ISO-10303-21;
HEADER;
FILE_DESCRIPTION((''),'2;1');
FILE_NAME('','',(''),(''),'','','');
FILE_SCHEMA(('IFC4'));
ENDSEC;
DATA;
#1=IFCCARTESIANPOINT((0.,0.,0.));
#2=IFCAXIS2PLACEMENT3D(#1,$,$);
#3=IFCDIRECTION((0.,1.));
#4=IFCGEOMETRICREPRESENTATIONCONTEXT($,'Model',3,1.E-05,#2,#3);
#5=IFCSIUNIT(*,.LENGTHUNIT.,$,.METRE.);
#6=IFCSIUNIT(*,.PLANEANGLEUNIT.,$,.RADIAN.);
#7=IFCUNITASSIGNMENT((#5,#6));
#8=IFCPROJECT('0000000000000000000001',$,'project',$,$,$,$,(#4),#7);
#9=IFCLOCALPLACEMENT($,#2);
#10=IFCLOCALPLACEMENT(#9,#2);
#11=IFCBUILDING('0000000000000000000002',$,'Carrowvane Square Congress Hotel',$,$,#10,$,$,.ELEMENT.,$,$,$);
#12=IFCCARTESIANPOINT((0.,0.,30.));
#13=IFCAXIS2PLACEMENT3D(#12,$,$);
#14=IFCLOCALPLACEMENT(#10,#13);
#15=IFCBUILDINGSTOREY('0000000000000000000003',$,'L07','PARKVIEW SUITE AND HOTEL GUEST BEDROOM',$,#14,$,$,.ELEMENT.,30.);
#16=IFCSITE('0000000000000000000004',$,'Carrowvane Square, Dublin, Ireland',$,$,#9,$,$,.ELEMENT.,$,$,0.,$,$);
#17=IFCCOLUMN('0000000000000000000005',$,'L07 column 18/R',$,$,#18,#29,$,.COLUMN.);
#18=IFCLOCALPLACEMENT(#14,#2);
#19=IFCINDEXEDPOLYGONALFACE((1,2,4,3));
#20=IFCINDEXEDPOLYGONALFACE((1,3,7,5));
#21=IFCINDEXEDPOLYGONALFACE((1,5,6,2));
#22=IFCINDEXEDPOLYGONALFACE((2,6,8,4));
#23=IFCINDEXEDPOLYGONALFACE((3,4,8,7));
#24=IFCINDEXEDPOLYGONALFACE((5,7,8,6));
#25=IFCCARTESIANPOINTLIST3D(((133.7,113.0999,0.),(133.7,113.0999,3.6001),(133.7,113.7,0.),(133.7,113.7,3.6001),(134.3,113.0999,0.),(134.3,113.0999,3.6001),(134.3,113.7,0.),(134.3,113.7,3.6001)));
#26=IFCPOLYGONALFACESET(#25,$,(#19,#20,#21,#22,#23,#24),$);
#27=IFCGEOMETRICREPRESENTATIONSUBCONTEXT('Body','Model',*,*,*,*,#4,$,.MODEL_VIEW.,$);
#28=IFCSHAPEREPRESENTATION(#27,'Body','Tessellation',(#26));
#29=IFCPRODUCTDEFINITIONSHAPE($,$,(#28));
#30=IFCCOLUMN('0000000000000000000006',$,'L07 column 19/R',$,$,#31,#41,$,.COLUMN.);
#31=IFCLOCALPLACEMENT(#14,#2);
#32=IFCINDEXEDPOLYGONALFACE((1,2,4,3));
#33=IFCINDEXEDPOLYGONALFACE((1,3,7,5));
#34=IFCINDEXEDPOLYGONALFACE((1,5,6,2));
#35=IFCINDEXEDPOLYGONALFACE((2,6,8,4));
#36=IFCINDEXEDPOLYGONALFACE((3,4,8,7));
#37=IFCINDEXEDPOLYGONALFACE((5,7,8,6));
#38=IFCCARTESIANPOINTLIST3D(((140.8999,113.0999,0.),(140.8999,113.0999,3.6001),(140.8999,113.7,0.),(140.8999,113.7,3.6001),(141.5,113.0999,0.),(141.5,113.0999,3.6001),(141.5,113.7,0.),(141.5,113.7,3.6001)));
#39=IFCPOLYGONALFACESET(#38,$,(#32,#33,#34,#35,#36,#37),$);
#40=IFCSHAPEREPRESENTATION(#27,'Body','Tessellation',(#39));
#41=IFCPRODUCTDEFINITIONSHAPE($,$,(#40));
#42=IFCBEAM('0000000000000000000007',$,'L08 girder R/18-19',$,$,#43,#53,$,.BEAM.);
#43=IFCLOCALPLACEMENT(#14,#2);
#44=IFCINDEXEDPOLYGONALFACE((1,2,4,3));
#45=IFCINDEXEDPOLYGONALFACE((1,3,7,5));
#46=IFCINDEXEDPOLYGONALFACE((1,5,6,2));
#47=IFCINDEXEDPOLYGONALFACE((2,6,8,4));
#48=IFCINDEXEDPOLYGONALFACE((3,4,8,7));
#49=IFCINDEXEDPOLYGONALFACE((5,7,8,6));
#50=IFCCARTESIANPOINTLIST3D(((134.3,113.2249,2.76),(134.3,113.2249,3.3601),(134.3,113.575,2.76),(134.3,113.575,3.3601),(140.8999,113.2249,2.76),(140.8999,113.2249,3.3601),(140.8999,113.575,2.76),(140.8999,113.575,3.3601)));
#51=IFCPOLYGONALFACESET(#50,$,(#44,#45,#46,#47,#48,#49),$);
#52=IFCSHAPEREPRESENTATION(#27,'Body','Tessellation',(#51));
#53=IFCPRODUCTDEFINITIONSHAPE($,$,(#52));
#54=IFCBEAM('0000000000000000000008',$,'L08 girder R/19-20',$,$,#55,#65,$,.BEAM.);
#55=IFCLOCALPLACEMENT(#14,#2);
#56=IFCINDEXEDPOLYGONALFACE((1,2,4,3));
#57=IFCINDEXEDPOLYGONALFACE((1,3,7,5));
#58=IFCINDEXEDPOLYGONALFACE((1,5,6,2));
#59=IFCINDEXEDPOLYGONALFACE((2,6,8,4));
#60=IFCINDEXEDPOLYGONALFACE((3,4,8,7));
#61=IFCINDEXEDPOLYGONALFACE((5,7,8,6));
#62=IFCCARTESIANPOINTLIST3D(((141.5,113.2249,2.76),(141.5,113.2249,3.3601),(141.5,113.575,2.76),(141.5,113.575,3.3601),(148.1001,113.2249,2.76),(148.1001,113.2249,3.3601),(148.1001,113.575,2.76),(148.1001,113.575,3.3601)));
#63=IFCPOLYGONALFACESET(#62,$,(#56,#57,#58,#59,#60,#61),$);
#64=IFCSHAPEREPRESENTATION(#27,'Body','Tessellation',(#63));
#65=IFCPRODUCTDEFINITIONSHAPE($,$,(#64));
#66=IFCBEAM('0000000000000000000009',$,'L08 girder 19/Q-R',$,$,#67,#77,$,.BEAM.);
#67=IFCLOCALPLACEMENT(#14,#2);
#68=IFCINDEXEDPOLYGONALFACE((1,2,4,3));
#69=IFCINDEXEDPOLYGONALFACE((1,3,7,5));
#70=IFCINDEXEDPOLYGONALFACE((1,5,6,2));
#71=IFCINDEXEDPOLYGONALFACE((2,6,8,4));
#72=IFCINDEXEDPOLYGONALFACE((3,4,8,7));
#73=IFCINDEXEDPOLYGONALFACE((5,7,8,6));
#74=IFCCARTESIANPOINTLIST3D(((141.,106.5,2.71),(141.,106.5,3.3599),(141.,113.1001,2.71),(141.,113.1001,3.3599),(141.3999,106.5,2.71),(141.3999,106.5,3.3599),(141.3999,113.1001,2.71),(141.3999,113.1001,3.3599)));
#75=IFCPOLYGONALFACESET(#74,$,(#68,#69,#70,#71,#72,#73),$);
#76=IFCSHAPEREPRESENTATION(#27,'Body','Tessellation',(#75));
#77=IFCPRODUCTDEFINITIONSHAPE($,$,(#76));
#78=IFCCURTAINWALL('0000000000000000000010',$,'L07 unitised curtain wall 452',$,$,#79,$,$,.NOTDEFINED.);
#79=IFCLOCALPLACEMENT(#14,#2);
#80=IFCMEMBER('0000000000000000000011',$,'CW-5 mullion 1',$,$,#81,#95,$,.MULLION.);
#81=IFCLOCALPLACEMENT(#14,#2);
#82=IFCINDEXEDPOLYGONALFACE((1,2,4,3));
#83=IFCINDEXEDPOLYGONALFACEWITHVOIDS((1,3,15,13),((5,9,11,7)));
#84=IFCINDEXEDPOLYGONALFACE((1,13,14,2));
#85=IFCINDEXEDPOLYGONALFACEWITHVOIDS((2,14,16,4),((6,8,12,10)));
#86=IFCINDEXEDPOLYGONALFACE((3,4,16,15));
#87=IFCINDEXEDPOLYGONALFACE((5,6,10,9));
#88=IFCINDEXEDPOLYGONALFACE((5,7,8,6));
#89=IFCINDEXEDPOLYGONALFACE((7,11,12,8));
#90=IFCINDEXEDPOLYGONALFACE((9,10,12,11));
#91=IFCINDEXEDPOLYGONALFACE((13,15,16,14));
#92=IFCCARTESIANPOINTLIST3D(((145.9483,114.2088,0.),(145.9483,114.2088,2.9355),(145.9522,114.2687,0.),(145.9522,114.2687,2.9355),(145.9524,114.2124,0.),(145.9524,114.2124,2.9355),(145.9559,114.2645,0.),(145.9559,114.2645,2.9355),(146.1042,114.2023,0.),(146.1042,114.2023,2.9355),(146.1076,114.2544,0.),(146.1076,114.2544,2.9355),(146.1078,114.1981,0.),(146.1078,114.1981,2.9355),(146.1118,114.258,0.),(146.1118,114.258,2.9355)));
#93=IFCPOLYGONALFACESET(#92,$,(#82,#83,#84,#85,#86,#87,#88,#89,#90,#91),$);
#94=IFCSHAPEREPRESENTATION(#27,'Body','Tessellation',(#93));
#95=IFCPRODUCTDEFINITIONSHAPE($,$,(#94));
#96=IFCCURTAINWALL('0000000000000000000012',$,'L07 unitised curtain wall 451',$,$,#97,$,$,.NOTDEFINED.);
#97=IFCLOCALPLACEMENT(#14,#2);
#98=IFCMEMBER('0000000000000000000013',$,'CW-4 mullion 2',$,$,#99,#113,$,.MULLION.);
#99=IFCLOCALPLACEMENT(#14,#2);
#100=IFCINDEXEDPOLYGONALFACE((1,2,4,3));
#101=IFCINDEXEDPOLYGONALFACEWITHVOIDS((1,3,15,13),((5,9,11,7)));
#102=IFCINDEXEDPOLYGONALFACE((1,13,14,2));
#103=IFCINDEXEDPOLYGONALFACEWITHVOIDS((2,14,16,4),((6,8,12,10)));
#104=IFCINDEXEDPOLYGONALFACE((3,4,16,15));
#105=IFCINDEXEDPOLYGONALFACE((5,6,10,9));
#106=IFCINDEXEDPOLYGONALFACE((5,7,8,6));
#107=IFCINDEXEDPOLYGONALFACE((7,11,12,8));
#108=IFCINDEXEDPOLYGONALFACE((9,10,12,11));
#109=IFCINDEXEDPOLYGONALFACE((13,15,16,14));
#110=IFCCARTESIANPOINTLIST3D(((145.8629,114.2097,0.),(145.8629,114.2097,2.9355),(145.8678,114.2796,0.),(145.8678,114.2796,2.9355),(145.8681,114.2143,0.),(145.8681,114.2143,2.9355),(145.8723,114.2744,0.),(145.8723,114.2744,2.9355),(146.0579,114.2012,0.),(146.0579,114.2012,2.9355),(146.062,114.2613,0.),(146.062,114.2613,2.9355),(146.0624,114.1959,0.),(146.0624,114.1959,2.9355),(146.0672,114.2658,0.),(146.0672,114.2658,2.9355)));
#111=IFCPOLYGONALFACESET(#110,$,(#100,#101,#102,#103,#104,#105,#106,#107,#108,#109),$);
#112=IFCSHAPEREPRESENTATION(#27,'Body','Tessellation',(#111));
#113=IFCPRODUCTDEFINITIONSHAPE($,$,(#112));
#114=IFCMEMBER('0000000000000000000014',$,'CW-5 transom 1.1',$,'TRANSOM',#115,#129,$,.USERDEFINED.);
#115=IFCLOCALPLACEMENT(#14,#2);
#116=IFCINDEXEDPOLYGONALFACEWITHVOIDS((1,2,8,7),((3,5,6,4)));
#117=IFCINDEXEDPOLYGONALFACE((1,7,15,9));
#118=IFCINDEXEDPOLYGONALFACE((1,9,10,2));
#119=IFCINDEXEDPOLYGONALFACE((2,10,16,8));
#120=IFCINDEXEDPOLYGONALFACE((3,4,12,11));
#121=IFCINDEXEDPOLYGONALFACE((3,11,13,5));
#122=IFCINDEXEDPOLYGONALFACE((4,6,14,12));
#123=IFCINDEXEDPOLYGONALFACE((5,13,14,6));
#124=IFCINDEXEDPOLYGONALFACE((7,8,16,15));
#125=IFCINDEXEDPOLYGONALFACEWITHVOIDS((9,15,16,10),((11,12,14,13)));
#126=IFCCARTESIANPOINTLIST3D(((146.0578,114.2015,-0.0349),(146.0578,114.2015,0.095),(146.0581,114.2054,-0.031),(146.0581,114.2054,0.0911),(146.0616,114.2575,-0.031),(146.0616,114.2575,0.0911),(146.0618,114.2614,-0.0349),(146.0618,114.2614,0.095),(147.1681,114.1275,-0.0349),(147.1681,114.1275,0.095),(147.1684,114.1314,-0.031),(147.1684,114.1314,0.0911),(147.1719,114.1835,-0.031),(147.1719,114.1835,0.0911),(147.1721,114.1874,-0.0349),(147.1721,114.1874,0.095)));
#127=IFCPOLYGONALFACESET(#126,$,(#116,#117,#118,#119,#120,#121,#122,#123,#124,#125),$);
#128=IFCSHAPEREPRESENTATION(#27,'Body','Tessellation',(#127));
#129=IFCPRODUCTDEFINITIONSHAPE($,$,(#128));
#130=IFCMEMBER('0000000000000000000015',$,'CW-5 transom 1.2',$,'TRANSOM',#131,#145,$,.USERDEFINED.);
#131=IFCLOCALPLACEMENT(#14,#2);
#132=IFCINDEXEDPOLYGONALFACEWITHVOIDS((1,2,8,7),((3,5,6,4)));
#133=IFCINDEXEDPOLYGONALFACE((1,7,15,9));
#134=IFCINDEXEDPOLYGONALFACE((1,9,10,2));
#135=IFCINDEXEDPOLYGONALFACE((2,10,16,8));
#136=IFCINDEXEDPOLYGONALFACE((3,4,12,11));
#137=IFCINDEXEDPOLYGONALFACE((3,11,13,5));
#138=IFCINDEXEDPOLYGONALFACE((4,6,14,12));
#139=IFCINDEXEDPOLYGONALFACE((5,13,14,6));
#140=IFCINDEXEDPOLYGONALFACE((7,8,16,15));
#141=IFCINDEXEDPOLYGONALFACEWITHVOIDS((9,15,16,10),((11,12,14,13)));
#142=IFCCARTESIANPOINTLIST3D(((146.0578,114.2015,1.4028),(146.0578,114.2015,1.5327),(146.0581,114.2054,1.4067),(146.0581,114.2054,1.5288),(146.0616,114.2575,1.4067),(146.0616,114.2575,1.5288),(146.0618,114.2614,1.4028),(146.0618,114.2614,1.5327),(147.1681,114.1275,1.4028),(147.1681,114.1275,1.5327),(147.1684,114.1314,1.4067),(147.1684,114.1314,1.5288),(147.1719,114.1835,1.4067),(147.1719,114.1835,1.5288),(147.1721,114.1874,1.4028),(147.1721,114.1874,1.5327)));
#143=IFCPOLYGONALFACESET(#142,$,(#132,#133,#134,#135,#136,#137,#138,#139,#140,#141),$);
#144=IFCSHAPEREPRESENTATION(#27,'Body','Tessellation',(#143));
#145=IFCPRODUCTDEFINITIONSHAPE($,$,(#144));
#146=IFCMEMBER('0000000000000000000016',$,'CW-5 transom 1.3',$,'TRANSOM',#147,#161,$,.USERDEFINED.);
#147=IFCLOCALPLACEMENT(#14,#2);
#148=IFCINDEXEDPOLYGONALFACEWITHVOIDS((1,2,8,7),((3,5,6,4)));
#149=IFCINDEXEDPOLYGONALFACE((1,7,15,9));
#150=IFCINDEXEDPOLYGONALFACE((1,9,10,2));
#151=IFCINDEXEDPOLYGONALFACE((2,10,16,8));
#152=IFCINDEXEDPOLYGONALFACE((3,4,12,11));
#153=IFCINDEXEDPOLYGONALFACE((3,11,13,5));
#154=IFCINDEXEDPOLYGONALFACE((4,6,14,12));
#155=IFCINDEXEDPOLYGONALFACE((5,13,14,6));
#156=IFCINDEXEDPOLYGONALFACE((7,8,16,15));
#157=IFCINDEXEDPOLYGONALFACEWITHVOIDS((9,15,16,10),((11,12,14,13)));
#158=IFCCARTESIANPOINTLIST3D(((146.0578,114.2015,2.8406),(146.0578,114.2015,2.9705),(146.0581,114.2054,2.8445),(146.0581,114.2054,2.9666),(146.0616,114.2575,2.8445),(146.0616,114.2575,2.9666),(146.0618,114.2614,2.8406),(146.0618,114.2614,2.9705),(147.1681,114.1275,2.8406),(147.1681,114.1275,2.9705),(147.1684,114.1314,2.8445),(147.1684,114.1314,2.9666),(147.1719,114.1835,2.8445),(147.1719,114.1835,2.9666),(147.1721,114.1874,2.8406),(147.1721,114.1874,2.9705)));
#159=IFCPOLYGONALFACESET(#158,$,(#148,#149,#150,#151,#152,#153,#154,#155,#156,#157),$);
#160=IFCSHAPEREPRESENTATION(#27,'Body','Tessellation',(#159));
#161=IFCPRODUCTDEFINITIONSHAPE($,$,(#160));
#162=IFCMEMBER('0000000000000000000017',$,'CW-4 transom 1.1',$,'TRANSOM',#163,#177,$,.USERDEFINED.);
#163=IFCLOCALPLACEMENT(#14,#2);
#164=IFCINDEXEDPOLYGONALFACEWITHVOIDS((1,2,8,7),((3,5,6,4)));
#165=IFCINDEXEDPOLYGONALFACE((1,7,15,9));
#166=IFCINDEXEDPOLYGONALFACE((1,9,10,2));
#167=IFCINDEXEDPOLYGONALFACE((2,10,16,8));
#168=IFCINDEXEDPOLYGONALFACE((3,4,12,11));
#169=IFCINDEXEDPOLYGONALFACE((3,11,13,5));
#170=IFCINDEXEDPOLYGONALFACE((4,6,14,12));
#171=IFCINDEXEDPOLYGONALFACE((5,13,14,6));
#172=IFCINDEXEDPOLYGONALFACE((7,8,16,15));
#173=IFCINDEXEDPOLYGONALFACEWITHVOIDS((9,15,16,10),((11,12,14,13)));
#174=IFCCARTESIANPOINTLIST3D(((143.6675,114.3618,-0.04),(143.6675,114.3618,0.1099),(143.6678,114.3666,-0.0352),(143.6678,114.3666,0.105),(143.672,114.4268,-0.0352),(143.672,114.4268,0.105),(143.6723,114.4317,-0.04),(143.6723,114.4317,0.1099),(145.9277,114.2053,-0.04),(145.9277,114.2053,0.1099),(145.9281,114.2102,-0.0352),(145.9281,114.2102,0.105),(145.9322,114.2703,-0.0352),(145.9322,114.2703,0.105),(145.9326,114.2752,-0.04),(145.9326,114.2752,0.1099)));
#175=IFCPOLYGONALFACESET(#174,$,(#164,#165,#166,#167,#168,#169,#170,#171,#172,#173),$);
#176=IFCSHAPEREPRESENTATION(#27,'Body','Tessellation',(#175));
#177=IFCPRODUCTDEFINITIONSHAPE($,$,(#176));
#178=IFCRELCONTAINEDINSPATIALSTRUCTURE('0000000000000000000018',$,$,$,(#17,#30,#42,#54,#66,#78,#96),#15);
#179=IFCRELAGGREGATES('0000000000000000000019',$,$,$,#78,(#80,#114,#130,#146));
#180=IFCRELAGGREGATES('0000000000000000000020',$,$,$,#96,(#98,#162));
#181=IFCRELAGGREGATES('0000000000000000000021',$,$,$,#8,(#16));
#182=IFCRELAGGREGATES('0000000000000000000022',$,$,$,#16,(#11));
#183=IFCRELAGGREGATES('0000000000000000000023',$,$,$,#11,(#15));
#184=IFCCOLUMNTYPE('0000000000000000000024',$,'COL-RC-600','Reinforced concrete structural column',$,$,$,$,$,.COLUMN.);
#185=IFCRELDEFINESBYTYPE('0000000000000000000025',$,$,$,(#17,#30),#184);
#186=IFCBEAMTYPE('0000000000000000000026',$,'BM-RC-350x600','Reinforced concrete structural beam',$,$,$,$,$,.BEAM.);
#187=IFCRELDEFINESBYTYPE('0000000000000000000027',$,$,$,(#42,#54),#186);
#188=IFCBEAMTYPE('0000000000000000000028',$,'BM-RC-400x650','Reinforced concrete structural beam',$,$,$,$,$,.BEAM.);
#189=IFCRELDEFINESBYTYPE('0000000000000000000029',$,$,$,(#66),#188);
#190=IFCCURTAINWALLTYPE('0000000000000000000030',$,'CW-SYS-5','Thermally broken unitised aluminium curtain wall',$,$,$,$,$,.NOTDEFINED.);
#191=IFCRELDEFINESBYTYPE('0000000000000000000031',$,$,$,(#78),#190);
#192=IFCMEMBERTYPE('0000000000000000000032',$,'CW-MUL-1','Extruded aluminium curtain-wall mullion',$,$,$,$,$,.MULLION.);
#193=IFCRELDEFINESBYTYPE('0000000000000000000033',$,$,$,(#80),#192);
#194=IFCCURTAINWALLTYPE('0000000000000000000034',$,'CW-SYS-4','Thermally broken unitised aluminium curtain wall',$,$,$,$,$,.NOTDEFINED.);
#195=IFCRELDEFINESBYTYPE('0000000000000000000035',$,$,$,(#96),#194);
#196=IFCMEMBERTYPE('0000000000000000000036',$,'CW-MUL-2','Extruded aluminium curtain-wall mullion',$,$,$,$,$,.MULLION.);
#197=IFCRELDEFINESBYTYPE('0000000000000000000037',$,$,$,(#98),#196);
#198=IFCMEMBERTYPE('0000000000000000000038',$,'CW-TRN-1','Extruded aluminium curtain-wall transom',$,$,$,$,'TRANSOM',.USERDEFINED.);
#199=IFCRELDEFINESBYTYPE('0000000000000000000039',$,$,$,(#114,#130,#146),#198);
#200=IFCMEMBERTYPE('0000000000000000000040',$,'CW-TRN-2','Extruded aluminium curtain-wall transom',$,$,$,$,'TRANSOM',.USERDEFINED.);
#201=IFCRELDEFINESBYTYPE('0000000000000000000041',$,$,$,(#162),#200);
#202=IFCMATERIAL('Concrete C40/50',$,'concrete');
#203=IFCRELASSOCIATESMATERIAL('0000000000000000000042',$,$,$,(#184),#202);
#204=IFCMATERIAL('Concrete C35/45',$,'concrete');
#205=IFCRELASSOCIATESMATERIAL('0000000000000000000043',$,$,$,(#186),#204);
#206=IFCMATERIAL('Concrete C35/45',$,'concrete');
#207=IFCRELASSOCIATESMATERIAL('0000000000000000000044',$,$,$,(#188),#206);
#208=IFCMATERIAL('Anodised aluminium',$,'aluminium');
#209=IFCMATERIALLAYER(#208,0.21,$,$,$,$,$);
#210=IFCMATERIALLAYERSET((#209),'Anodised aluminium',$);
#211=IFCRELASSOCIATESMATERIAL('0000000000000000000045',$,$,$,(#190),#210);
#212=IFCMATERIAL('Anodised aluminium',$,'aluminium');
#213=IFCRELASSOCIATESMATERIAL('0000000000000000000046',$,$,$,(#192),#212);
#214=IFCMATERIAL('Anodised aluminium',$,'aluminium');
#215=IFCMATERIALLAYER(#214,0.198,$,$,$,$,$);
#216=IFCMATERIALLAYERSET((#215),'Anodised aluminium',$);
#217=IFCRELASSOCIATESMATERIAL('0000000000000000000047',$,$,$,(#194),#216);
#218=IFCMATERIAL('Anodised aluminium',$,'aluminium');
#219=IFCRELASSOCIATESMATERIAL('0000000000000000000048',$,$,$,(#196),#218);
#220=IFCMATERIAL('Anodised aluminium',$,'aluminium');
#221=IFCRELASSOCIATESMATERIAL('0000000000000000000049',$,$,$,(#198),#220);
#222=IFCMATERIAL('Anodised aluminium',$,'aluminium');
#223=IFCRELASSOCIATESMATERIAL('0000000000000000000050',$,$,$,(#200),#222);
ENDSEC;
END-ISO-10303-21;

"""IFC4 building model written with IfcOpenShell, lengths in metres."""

from ifc_helpers import new_model, si_unit, direction, frame, origin, origin_2d, place, context, subcontext, project, spatial, rectangle, hollow_rectangle, extrude, material, layer, layer_set, material_profile, profile_set, type_object, element, aggregate, save


model = new_model("IFC4")

# Units and contexts
model_context = context("Model", 3, precision=1e-05, world=origin(), true_north=direction((0.0, 1.0)))
body_context = subcontext(model_context, "Body", "Model", "MODEL_VIEW")
ifc_project = project(units=[si_unit("LENGTHUNIT", "METRE"), si_unit("PLANEANGLEUNIT", "RADIAN")], contexts=[model_context])

# Site, building, storey
site_placement = place(None, origin())
site = spatial("IfcSite", under=ifc_project, at=site_placement, Name="Carrowvane Square, Dublin, Ireland", CompositionType="ELEMENT", RefElevation=0.0)
building_placement = place(site_placement, origin())
building = spatial("IfcBuilding", under=site, at=building_placement, Name="Carrowvane Square Congress Hotel", CompositionType="ELEMENT")
storey_placement = place(building_placement, frame((0.0, 0.0, 30.0)))
storey = spatial("IfcBuildingStorey", under=building, at=storey_placement, Name="L07", Description="PARKVIEW SUITE AND HOTEL GUEST BEDROOM", CompositionType="ELEMENT", Elevation=30.0)

# Columns
ifc_material_1 = material(Name="Concrete C40/50", Category="concrete")
ifc_material_profile_1 = material_profile(ifc_material_1, rectangle(XDim=0.6001, YDim=0.6001, at=origin_2d()), Name="RC 600x600")
ifc_profile_set_1 = profile_set([ifc_material_profile_1], Name="Concrete C40/50")
column_type = type_object("IfcColumnType", Name="COL-RC-600", Description="Reinforced concrete structural column", PredefinedType="COLUMN", material=ifc_profile_set_1)
for number, where, z_axis, x_axis, name in (
    (1, (134.0, 113.3999, 0.0), (0.0, 0.0, 1.0), (1.0, 0.0, 0.0), "L07 column 18/R"),
    (2, (141.2, 113.3999, 0.0), (0.0, 0.0, 1.0), (1.0, 0.0, 0.0), "L07 column 19/R"),
):
    element("IfcColumn", number, at=place(storey_placement, frame(where, z_axis=z_axis, x_axis=x_axis)), inside=storey, type_object=column_type, Name=name, PredefinedType="COLUMN", context=body_context, shape_type="SweptSolid", body=[
        extrude(rectangle(XDim=0.6001, YDim=0.6001, at=origin_2d()), origin(), (0.0, 0.0, 1.0), 3.6001),
    ])

# Beams
ifc_material_2 = material(Name="Concrete C35/45", Category="concrete")
ifc_material_profile_2 = material_profile(ifc_material_2, rectangle(XDim=0.3501, YDim=0.6001, at=origin_2d()), Name="RC 350x600")
ifc_profile_set_2 = profile_set([ifc_material_profile_2], Name="Concrete C35/45")
beam_type_1 = type_object("IfcBeamType", Name="BM-RC-350x600", Description="Reinforced concrete structural beam", PredefinedType="BEAM", material=ifc_profile_set_2)
beam_1_placement = place(storey_placement, frame((134.3, 113.3999, 3.0601), z_axis=(1.0, 0.0, 0.0), x_axis=(0.0, 1.0, 0.0)))
element("IfcBeam", 3, at=beam_1_placement, inside=storey, type_object=beam_type_1, Name="L08 girder R/18-19", PredefinedType="BEAM", context=body_context, shape_type="SweptSolid", body=[
    extrude(rectangle(XDim=0.3501, YDim=0.6001, at=origin_2d()), origin(), (0.0, 0.0, 1.0), 6.5999),
])
beam_2_placement = place(storey_placement, frame((141.5, 113.3999, 3.0601), z_axis=(1.0, 0.0, 0.0), x_axis=(0.0, 1.0, 0.0)))
element("IfcBeam", 4, at=beam_2_placement, inside=storey, type_object=beam_type_1, Name="L08 girder R/19-20", PredefinedType="BEAM", context=body_context, shape_type="SweptSolid", body=[
    extrude(rectangle(XDim=0.3501, YDim=0.6001, at=origin_2d()), origin(), (0.0, 0.0, 1.0), 6.6001),
])
ifc_material_3 = material(Name="Concrete C35/45", Category="concrete")
ifc_material_profile_3 = material_profile(ifc_material_3, rectangle(XDim=0.3999, YDim=0.6499, at=origin_2d()), Name="RC 400x650")
ifc_profile_set_3 = profile_set([ifc_material_profile_3], Name="Concrete C35/45")
beam_type_2 = type_object("IfcBeamType", Name="BM-RC-400x650", Description="Reinforced concrete structural beam", PredefinedType="BEAM", material=ifc_profile_set_3)
beam_3_placement = place(storey_placement, frame((141.2, 106.5, 3.0349), z_axis=(0.0, 1.0, 0.0), x_axis=(-1.0, 0.0, 0.0)))
element("IfcBeam", 5, at=beam_3_placement, inside=storey, type_object=beam_type_2, Name="L08 girder 19/Q-R", PredefinedType="BEAM", context=body_context, shape_type="SweptSolid", body=[
    extrude(rectangle(XDim=0.3999, YDim=0.6499, at=origin_2d()), origin(), (0.0, 0.0, 1.0), 6.6001),
])

# Curtain walls, members
ifc_material_4 = material(Name="Anodised aluminium", Category="aluminium")
ifc_layer_1 = layer(ifc_material_4, 0.21)
ifc_layer_set_1 = layer_set([ifc_layer_1], Name="Anodised aluminium")
curtain_wall_type_1 = type_object("IfcCurtainWallType", Name="CW-SYS-5", Description="Thermally broken unitised aluminium curtain wall", PredefinedType="NOTDEFINED", material=ifc_layer_set_1)
curtain_wall_1_placement = place(storey_placement, origin())
curtain_wall_1 = element("IfcCurtainWall", 6, at=curtain_wall_1_placement, inside=storey, type_object=curtain_wall_type_1, Name="L07 unitised curtain wall 452", PredefinedType="NOTDEFINED")
ifc_material_5 = material(Name="Anodised aluminium", Category="aluminium")
ifc_material_profile_4 = material_profile(ifc_material_5, hollow_rectangle(XDim=0.0601, YDim=0.1599, WallThickness=0.0039, at=origin_2d()), Name="CW-ML 60x160x4")
ifc_profile_set_4 = profile_set([ifc_material_profile_4], Name="Anodised aluminium")
member_type_1 = type_object("IfcMemberType", Name="CW-MUL-1", Description="Extruded aluminium curtain-wall mullion", PredefinedType="MULLION", material=ifc_profile_set_4)
member_1_placement = place(storey_placement, frame((146.03, 114.2334, 0.0), z_axis=(0.0, 0.0, 1.0), x_axis=(0.066574, 0.997781, 0.0)))
member_1 = element("IfcMember", 7, at=member_1_placement, type_object=member_type_1, Name="CW-5 mullion 1", PredefinedType="MULLION", context=body_context, shape_type="SweptSolid", body=[
    extrude(hollow_rectangle(XDim=0.0601, YDim=0.1599, WallThickness=0.0039, at=origin_2d()), origin(), (0.0, 0.0, 1.0), 2.9355),
])
ifc_material_6 = material(Name="Anodised aluminium", Category="aluminium")
ifc_layer_2 = layer(ifc_material_6, 0.198)
ifc_layer_set_2 = layer_set([ifc_layer_2], Name="Anodised aluminium")
curtain_wall_type_2 = type_object("IfcCurtainWallType", Name="CW-SYS-4", Description="Thermally broken unitised aluminium curtain wall", PredefinedType="NOTDEFINED", material=ifc_layer_set_2)
curtain_wall_2_placement = place(storey_placement, origin())
curtain_wall_2 = element("IfcCurtainWall", 8, at=curtain_wall_2_placement, inside=storey, type_object=curtain_wall_type_2, Name="L07 unitised curtain wall 451", PredefinedType="NOTDEFINED")
ifc_material_7 = material(Name="Anodised aluminium", Category="aluminium")
ifc_material_profile_5 = material_profile(ifc_material_7, hollow_rectangle(XDim=0.0701, YDim=0.2, WallThickness=0.0049, at=origin_2d()), Name="CW-ML 70x200x5")
ifc_profile_set_5 = profile_set([ifc_material_profile_5], Name="Anodised aluminium")
member_type_2 = type_object("IfcMemberType", Name="CW-MUL-2", Description="Extruded aluminium curtain-wall mullion", PredefinedType="MULLION", material=ifc_profile_set_5)
member_2_placement = place(storey_placement, frame((145.9651, 114.2378, 0.0), z_axis=(0.0, 0.0, 1.0), x_axis=(0.068986, 0.997618, 0.0)))
member_2 = element("IfcMember", 9, at=member_2_placement, type_object=member_type_2, Name="CW-4 mullion 2", PredefinedType="MULLION", context=body_context, shape_type="SweptSolid", body=[
    extrude(hollow_rectangle(XDim=0.0701, YDim=0.2, WallThickness=0.0049, at=origin_2d()), origin(), (0.0, 0.0, 1.0), 2.9355),
])

# Members
ifc_material_8 = material(Name="Anodised aluminium", Category="aluminium")
ifc_material_profile_6 = material_profile(ifc_material_8, hollow_rectangle(XDim=0.0601, YDim=0.1299, WallThickness=0.0039, at=origin_2d()), Name="CW-TR 60x130x4")
ifc_profile_set_6 = profile_set([ifc_material_profile_6], Name="Anodised aluminium")
member_type_3 = type_object("IfcMemberType", Name="CW-TRN-1", Description="Extruded aluminium curtain-wall transom", ElementType="TRANSOM", PredefinedType="USERDEFINED", material=ifc_profile_set_6)
member_3_placement = place(storey_placement, frame((146.0598, 114.2314, 0.03), z_axis=(0.997788, -0.066475, 0.0), x_axis=(0.066475, 0.997788, 0.0)))
member_3 = element("IfcMember", 10, at=member_3_placement, type_object=member_type_3, Name="CW-5 transom 1.1", ObjectType="TRANSOM", PredefinedType="USERDEFINED", context=body_context, shape_type="SweptSolid", body=[
    extrude(hollow_rectangle(XDim=0.0601, YDim=0.1299, WallThickness=0.0039, at=origin_2d()), origin(), (0.0, 0.0, 1.0), 1.1128),
])
member_4_placement = place(storey_placement, frame((146.0598, 114.2314, 1.4678), z_axis=(0.997788, -0.066475, 0.0), x_axis=(0.066475, 0.997788, 0.0)))
member_4 = element("IfcMember", 11, at=member_4_placement, type_object=member_type_3, Name="CW-5 transom 1.2", ObjectType="TRANSOM", PredefinedType="USERDEFINED", context=body_context, shape_type="SweptSolid", body=[
    extrude(hollow_rectangle(XDim=0.0601, YDim=0.1299, WallThickness=0.0039, at=origin_2d()), origin(), (0.0, 0.0, 1.0), 1.1128),
])
member_5_placement = place(storey_placement, frame((146.0598, 114.2314, 2.9055), z_axis=(0.997788, -0.066475, 0.0), x_axis=(0.066475, 0.997788, 0.0)))
member_5 = element("IfcMember", 12, at=member_5_placement, type_object=member_type_3, Name="CW-5 transom 1.3", ObjectType="TRANSOM", PredefinedType="USERDEFINED", context=body_context, shape_type="SweptSolid", body=[
    extrude(hollow_rectangle(XDim=0.0601, YDim=0.1299, WallThickness=0.0039, at=origin_2d()), origin(), (0.0, 0.0, 1.0), 1.1128),
])
aggregate(curtain_wall_1, [member_1, member_3, member_4, member_5])
ifc_material_9 = material(Name="Anodised aluminium", Category="aluminium")
ifc_material_profile_7 = material_profile(ifc_material_9, hollow_rectangle(XDim=0.0701, YDim=0.1499, WallThickness=0.0049, at=origin_2d()), Name="CW-TR 70x150x5")
ifc_profile_set_7 = profile_set([ifc_material_profile_7], Name="Anodised aluminium")
member_type_4 = type_object("IfcMemberType", Name="CW-TRN-2", Description="Extruded aluminium curtain-wall transom", ElementType="TRANSOM", PredefinedType="USERDEFINED", material=ifc_profile_set_7)
member_6_placement = place(storey_placement, frame((143.6699, 114.3967, 0.0349), z_axis=(0.997612, -0.069072, 0.0), x_axis=(0.069072, 0.997612, 0.0)))
member_6 = element("IfcMember", 13, at=member_6_placement, type_object=member_type_4, Name="CW-4 transom 1.1", ObjectType="TRANSOM", PredefinedType="USERDEFINED", context=body_context, shape_type="SweptSolid", body=[
    extrude(hollow_rectangle(XDim=0.0701, YDim=0.1499, WallThickness=0.0049, at=origin_2d()), origin(), (0.0, 0.0, 1.0), 2.2656),
])

aggregate(curtain_wall_2, [member_2, member_6])

save(model, "model.ifc")
